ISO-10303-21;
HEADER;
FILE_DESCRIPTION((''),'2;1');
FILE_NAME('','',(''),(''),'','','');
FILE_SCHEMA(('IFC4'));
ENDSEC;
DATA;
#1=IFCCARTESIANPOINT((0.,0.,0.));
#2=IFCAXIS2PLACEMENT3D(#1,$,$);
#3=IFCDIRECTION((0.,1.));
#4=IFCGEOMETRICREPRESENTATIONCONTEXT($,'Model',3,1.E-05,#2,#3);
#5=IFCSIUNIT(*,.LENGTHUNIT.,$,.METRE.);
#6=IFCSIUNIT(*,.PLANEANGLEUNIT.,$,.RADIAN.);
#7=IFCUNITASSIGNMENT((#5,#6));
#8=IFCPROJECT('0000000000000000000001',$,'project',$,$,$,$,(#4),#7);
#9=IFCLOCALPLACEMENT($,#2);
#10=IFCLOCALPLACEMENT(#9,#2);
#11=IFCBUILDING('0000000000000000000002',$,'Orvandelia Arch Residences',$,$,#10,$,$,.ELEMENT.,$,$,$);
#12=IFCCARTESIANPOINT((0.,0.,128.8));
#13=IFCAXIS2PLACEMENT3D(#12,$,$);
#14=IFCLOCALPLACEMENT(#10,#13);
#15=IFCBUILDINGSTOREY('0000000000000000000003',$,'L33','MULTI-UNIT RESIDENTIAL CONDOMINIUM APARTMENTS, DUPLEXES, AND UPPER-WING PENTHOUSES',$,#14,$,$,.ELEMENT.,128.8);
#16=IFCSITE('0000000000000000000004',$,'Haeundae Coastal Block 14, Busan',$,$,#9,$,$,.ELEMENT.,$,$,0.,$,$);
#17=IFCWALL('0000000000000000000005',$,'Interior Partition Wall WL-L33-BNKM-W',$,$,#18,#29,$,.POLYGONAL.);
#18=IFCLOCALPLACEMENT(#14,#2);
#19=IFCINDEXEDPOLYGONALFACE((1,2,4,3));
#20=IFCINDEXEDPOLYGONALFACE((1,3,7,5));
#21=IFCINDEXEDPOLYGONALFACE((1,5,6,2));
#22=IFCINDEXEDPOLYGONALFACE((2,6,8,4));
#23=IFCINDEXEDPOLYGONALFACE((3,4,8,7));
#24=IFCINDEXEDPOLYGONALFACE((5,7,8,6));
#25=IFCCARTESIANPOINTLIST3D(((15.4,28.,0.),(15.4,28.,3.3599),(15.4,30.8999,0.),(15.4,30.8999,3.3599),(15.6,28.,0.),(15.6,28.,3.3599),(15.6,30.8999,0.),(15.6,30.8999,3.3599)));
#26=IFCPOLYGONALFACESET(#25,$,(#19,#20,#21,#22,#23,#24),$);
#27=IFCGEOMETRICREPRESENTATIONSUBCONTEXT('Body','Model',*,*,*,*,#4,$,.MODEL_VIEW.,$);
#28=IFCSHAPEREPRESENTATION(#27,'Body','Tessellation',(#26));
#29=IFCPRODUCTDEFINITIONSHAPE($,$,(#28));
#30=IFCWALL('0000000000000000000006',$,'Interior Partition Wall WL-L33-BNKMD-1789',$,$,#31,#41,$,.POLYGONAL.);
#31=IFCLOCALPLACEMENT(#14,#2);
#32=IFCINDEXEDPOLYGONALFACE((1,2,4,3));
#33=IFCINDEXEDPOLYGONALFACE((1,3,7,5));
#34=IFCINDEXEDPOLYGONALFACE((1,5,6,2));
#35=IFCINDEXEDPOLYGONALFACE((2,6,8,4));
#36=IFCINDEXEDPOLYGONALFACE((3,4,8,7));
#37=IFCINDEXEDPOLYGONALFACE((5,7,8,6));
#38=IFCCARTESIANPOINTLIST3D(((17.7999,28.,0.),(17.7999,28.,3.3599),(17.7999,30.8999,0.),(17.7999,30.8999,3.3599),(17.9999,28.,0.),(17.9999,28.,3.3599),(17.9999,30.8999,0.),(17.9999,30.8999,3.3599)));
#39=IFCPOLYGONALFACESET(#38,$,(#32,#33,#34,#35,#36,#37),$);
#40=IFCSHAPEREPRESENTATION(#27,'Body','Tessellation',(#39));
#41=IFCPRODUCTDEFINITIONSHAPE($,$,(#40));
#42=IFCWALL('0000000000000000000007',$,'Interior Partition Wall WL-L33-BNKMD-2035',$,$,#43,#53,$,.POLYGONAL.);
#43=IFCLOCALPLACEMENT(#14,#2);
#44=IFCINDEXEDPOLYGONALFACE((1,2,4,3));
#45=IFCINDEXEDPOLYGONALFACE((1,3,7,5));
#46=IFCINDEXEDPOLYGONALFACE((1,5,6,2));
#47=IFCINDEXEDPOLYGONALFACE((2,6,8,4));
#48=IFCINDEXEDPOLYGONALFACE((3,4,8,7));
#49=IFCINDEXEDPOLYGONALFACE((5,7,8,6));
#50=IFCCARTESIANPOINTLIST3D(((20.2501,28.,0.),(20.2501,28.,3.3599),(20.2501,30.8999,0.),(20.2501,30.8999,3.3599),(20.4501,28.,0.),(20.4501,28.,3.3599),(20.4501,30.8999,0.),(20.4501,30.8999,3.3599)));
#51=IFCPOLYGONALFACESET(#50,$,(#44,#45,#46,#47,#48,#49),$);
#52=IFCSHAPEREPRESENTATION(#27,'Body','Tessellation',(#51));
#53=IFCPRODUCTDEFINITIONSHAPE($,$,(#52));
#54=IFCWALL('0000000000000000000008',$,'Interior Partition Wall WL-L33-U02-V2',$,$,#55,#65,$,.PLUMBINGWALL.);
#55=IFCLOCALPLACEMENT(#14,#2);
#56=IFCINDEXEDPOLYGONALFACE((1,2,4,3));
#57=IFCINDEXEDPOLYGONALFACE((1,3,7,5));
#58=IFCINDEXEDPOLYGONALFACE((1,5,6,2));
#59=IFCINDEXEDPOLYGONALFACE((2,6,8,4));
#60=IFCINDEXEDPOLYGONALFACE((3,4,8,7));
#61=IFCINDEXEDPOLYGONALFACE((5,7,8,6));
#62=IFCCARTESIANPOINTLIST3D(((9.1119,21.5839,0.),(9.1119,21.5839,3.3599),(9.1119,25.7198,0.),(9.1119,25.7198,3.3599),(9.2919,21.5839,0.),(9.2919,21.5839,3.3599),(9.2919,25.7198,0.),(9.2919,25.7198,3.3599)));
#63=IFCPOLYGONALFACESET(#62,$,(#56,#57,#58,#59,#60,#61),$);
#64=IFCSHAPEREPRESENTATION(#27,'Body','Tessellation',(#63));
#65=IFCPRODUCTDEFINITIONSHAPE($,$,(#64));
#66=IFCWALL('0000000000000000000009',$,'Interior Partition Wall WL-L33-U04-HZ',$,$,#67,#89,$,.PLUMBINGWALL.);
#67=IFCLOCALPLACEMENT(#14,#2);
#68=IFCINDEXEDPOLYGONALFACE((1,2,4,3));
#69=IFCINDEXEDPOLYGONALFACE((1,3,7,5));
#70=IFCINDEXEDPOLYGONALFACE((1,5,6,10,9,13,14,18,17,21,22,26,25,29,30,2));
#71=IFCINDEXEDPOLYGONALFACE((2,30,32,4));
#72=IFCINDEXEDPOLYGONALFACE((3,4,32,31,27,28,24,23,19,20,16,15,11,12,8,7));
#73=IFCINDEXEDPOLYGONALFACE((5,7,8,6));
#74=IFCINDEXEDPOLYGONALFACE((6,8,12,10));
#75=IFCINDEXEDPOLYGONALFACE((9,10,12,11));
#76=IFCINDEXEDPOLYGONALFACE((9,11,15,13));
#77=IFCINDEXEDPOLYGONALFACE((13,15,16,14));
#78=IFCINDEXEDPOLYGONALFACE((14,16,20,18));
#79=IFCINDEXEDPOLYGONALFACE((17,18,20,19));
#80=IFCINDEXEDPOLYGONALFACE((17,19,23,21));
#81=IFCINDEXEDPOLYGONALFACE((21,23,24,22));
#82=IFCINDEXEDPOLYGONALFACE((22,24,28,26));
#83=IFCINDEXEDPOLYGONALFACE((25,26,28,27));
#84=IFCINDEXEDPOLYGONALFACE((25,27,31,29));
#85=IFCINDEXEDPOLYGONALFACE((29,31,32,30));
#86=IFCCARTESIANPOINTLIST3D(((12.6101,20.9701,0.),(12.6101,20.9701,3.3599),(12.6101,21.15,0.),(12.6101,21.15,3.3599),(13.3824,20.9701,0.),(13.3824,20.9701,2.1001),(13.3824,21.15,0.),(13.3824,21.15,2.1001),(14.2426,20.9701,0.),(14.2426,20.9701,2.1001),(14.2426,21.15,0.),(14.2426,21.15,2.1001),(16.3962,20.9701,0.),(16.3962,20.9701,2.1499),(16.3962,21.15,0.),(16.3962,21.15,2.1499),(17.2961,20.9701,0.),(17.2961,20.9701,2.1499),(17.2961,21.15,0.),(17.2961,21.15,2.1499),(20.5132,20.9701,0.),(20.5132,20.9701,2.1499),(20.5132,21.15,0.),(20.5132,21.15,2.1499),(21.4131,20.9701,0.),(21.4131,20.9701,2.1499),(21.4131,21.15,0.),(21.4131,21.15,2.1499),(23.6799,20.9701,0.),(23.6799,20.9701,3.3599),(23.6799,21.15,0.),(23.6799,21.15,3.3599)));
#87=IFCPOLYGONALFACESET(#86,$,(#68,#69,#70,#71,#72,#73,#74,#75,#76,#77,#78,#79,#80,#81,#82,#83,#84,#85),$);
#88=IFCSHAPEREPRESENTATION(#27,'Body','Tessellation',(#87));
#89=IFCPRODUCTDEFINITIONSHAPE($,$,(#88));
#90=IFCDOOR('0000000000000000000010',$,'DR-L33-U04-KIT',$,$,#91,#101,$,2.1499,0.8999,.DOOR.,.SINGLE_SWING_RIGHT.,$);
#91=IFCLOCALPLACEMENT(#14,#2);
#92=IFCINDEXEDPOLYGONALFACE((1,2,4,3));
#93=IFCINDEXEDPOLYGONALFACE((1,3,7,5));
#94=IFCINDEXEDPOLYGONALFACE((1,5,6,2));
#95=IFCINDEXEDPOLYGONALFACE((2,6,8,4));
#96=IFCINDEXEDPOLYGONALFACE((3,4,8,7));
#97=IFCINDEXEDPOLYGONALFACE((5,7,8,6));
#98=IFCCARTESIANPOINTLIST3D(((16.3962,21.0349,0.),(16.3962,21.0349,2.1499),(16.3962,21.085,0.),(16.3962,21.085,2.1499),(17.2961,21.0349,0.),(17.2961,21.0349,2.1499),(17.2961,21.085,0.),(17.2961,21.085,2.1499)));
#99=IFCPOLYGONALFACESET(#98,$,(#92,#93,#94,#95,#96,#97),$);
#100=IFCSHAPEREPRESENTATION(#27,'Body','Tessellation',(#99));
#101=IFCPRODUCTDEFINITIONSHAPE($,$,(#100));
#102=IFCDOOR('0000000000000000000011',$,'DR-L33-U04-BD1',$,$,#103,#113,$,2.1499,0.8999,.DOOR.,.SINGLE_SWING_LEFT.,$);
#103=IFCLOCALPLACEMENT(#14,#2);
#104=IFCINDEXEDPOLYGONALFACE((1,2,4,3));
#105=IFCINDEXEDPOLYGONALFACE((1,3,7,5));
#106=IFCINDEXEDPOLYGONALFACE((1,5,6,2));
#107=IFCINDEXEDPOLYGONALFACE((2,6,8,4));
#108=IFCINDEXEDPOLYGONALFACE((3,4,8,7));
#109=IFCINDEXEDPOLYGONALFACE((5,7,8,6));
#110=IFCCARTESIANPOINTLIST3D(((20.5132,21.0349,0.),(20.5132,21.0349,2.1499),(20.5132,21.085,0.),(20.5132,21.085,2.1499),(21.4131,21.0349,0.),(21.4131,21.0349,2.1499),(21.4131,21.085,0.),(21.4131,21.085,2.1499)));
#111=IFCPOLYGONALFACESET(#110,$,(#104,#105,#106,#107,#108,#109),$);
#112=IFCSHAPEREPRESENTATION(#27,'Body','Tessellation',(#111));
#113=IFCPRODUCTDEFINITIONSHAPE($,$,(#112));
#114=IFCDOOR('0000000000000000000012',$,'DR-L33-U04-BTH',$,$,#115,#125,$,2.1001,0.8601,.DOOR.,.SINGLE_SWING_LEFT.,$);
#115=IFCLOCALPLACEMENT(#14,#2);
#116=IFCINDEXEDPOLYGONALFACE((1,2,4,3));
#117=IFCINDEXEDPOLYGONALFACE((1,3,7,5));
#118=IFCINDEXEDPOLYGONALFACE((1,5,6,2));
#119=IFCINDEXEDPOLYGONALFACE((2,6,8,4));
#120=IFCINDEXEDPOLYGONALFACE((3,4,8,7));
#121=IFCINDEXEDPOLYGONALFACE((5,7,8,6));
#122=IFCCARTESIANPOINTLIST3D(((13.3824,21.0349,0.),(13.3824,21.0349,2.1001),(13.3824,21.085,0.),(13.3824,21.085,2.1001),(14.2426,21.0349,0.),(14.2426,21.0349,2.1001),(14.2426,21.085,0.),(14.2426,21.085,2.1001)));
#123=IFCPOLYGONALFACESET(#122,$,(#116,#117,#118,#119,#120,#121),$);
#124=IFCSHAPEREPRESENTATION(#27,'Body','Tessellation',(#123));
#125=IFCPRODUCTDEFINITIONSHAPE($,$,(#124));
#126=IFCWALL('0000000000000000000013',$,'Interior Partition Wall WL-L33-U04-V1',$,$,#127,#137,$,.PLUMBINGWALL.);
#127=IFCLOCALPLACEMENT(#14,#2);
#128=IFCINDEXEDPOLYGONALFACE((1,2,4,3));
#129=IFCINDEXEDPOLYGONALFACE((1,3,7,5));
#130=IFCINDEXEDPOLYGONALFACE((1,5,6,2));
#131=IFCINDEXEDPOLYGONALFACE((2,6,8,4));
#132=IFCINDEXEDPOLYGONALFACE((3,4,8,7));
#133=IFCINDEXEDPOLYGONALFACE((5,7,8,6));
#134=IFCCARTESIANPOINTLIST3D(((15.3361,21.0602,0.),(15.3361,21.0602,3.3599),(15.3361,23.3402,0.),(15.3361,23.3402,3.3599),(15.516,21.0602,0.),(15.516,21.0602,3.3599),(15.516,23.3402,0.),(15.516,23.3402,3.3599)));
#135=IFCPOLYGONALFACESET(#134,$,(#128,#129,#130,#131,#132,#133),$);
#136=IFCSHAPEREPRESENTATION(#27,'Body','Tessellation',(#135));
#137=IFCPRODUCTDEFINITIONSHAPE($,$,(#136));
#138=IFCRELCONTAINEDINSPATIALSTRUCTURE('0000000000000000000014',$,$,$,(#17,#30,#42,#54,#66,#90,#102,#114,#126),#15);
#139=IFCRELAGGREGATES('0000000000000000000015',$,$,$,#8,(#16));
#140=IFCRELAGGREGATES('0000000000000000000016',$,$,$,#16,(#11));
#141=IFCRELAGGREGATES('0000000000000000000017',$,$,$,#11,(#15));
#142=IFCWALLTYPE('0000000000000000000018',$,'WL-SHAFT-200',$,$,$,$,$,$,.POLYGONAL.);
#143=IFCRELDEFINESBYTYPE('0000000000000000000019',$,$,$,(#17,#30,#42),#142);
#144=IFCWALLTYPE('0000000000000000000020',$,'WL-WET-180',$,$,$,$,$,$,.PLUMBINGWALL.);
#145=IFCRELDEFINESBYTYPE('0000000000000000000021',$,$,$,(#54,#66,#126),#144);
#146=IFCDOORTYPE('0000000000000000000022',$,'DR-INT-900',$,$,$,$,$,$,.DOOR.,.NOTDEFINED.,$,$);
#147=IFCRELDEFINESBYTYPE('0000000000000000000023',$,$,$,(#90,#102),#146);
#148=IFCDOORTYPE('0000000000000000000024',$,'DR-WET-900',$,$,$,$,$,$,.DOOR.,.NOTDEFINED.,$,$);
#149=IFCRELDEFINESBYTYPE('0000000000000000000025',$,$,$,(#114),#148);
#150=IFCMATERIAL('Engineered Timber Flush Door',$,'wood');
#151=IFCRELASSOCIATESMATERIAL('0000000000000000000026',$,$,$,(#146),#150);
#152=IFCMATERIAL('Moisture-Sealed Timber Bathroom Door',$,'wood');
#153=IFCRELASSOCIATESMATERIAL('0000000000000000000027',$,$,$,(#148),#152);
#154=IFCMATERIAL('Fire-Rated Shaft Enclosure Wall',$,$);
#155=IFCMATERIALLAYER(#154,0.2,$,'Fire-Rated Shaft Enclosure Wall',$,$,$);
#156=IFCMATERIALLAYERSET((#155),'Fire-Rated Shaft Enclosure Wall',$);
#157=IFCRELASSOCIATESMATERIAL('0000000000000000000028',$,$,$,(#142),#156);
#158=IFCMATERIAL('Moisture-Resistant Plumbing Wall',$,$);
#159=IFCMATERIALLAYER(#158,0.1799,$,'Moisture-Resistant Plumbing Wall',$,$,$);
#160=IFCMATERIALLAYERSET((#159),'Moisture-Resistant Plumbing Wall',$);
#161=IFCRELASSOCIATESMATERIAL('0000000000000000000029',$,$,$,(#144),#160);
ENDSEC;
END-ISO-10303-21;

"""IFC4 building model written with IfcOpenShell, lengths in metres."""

from ifc_helpers import new_model, si_unit, direction, frame, frame_2d, origin, place, context, subcontext, project, spatial, rectangle, extrude, material, layer, layer_set, type_object, element, fill, save


model = new_model("IFC4")

# Units and contexts
model_context = context("Model", 3, precision=1e-05, world=origin(), true_north=direction((0.0, 1.0)))
body_context = subcontext(model_context, "Body", "Model", "MODEL_VIEW")
ifc_project = project(units=[si_unit("LENGTHUNIT", "METRE"), si_unit("PLANEANGLEUNIT", "RADIAN")], contexts=[model_context])

# Site, building, storey
site_placement = place(None, origin())
site = spatial("IfcSite", under=ifc_project, at=site_placement, Name="Haeundae Coastal Block 14, Busan", CompositionType="ELEMENT", RefElevation=0.0)
building_placement = place(site_placement, origin())
building = spatial("IfcBuilding", under=site, at=building_placement, Name="Orvandelia Arch Residences", CompositionType="ELEMENT")
storey_placement = place(building_placement, frame((0.0, 0.0, 128.8)))
storey = spatial("IfcBuildingStorey", under=building, at=storey_placement, Name="L33", Description="MULTI-UNIT RESIDENTIAL CONDOMINIUM APARTMENTS, DUPLEXES, AND UPPER-WING PENTHOUSES", CompositionType="ELEMENT", Elevation=128.8)

# Shared definitions
ifc_material_1 = material(Name="Engineered Timber Flush Door", Category="wood")
door_type_1 = type_object("IfcDoorType", Name="DR-INT-900", OperationType="NOTDEFINED", PredefinedType="DOOR", material=ifc_material_1)

# Shared definitions
ifc_material_2 = material(Name="Moisture-Sealed Timber Bathroom Door", Category="wood")
door_type_2 = type_object("IfcDoorType", Name="DR-WET-900", OperationType="NOTDEFINED", PredefinedType="DOOR", material=ifc_material_2)
ifc_material_3 = material(Name="Fire-Rated Shaft Enclosure Wall")
ifc_layer_1 = layer(ifc_material_3, 0.2, Name="Fire-Rated Shaft Enclosure Wall")
ifc_layer_set_1 = layer_set([ifc_layer_1], Name="Fire-Rated Shaft Enclosure Wall")
wall_type_1 = type_object("IfcWallType", Name="WL-SHAFT-200", PredefinedType="POLYGONAL", material=ifc_layer_set_1)

# Walls
for number, where, z_axis, x_axis, name in (
    (1, (15.5, 28.0, 0.0), (0.0, 0.0, 1.0), (0.0, 1.0, 0.0), "Interior Partition Wall WL-L33-BNKM-W"),
    (2, (17.8999, 28.0, 0.0), (0.0, 0.0, 1.0), (0.0, 1.0, 0.0), "Interior Partition Wall WL-L33-BNKMD-1789"),
    (3, (20.3501, 28.0, 0.0), (0.0, 0.0, 1.0), (0.0, 1.0, 0.0), "Interior Partition Wall WL-L33-BNKMD-2035"),
):
    element("IfcWall", number, at=place(storey_placement, frame(where, z_axis=z_axis, x_axis=x_axis)), inside=storey, type_object=wall_type_1, Name=name, PredefinedType="POLYGONAL", context=body_context, shape_type="SweptSolid", body=[
        extrude(rectangle(XDim=2.8999, YDim=0.2, at=frame_2d((1.45, 0.0))), origin(), (0.0, 0.0, 1.0), 3.3599),
    ])
ifc_material_4 = material(Name="Moisture-Resistant Plumbing Wall")
ifc_layer_2 = layer(ifc_material_4, 0.1799, Name="Moisture-Resistant Plumbing Wall")
ifc_layer_set_2 = layer_set([ifc_layer_2], Name="Moisture-Resistant Plumbing Wall")
wall_type_2 = type_object("IfcWallType", Name="WL-WET-180", PredefinedType="PLUMBINGWALL", material=ifc_layer_set_2)
wall_1_placement = place(storey_placement, frame((9.2019, 21.584, 0.0), z_axis=(0.0, 0.0, 1.0), x_axis=(0.0, 1.0, 0.0)))
element("IfcWall", 4, at=wall_1_placement, inside=storey, type_object=wall_type_2, Name="Interior Partition Wall WL-L33-U02-V2", PredefinedType="PLUMBINGWALL", context=body_context, shape_type="SweptSolid", body=[
    extrude(rectangle(XDim=4.136, YDim=0.1799, at=frame_2d((2.0679, 0.0))), origin(), (0.0, 0.0, 1.0), 3.3599),
])

# Wall, openings, doors
wall_2_placement = place(storey_placement, frame((12.6101, 21.0601, 0.0), z_axis=(0.0, 0.0, 1.0), x_axis=(1.0, 0.0, 0.0)))
wall_2 = element("IfcWall", 5, at=wall_2_placement, inside=storey, type_object=wall_type_2, Name="Interior Partition Wall WL-L33-U04-HZ", PredefinedType="PLUMBINGWALL", context=body_context, shape_type="SweptSolid", body=[
    extrude(rectangle(XDim=11.0698, YDim=0.1799, at=frame_2d((5.5349, 0.0))), origin(), (0.0, 0.0, 1.0), 3.3599),
])
opening_1_placement = place(wall_2_placement, frame((0.7722, 0.0, 0.0)))
opening_1 = element("IfcOpeningElement", 6, at=opening_1_placement, cuts=wall_2, PredefinedType="OPENING", context=body_context, shape_type="SweptSolid", body=[
    extrude(rectangle(XDim=0.8601, YDim=2.1001, at=frame_2d((0.4302, 1.05))), frame((0.0, 0.1001, 0.0), z_axis=(0.0, -1.0, 0.0), x_axis=(1.0, 0.0, 0.0)), (0.0, 0.0, 1.0), 0.2),
])
opening_2_placement = place(wall_2_placement, frame((3.7861, 0.0, 0.0)))
opening_2 = element("IfcOpeningElement", 7, at=opening_2_placement, cuts=wall_2, PredefinedType="OPENING", context=body_context, shape_type="SweptSolid", body=[
    extrude(rectangle(XDim=0.8999, YDim=2.1499, at=frame_2d((0.45, 1.075))), frame((0.0, 0.1001, 0.0), z_axis=(0.0, -1.0, 0.0), x_axis=(1.0, 0.0, 0.0)), (0.0, 0.0, 1.0), 0.2),
])
opening_3_placement = place(wall_2_placement, frame((7.9031, 0.0, 0.0)))
opening_3 = element("IfcOpeningElement", 8, at=opening_3_placement, cuts=wall_2, PredefinedType="OPENING", context=body_context, shape_type="SweptSolid", body=[
    extrude(rectangle(XDim=0.8999, YDim=2.1499, at=frame_2d((0.45, 1.075))), frame((0.0, 0.1001, 0.0), z_axis=(0.0, -1.0, 0.0), x_axis=(1.0, 0.0, 0.0)), (0.0, 0.0, 1.0), 0.2),
])
door_1_placement = place(opening_2_placement, origin())
door_1 = element("IfcDoor", 9, at=door_1_placement, inside=storey, type_object=door_type_1, Name="DR-L33-U04-KIT", OperationType="SINGLE_SWING_RIGHT", OverallHeight=2.1499, OverallWidth=0.8999, PredefinedType="DOOR", context=body_context, shape_type="SweptSolid", body=[
    extrude(rectangle(XDim=0.8999, YDim=2.1499, at=frame_2d((0.45, 1.075))), frame((0.0, 0.0249, 0.0), z_axis=(0.0, -1.0, 0.0), x_axis=(1.0, 0.0, 0.0)), (0.0, 0.0, 1.0), 0.05),
])
fill(opening_2, door_1)
door_2_placement = place(opening_3_placement, origin())
door_2 = element("IfcDoor", 10, at=door_2_placement, inside=storey, type_object=door_type_1, Name="DR-L33-U04-BD1", OperationType="SINGLE_SWING_LEFT", OverallHeight=2.1499, OverallWidth=0.8999, PredefinedType="DOOR", context=body_context, shape_type="SweptSolid", body=[
    extrude(rectangle(XDim=0.8999, YDim=2.1499, at=frame_2d((0.45, 1.075))), frame((0.0, 0.0249, 0.0), z_axis=(0.0, -1.0, 0.0), x_axis=(1.0, 0.0, 0.0)), (0.0, 0.0, 1.0), 0.05),
])
fill(opening_3, door_2)
door_3_placement = place(opening_1_placement, origin())
door_3 = element("IfcDoor", 11, at=door_3_placement, inside=storey, type_object=door_type_2, Name="DR-L33-U04-BTH", OperationType="SINGLE_SWING_LEFT", OverallHeight=2.1001, OverallWidth=0.8601, PredefinedType="DOOR", context=body_context, shape_type="SweptSolid", body=[
    extrude(rectangle(XDim=0.8601, YDim=2.1001, at=frame_2d((0.4302, 1.05))), frame((0.0, 0.0249, 0.0), z_axis=(0.0, -1.0, 0.0), x_axis=(1.0, 0.0, 0.0)), (0.0, 0.0, 1.0), 0.05),
])
fill(opening_1, door_3)

# Wall
wall_3_placement = place(storey_placement, frame((15.426, 21.0601, 0.0), z_axis=(0.0, 0.0, 1.0), x_axis=(0.0, 1.0, 0.0)))
element("IfcWall", 12, at=wall_3_placement, inside=storey, type_object=wall_type_2, Name="Interior Partition Wall WL-L33-U04-V1", PredefinedType="PLUMBINGWALL", context=body_context, shape_type="SweptSolid", body=[
    extrude(rectangle(XDim=2.28, YDim=0.1799, at=frame_2d((1.1401, 0.0))), origin(), (0.0, 0.0, 1.0), 3.3599),
])

save(model, "model.ifc")
